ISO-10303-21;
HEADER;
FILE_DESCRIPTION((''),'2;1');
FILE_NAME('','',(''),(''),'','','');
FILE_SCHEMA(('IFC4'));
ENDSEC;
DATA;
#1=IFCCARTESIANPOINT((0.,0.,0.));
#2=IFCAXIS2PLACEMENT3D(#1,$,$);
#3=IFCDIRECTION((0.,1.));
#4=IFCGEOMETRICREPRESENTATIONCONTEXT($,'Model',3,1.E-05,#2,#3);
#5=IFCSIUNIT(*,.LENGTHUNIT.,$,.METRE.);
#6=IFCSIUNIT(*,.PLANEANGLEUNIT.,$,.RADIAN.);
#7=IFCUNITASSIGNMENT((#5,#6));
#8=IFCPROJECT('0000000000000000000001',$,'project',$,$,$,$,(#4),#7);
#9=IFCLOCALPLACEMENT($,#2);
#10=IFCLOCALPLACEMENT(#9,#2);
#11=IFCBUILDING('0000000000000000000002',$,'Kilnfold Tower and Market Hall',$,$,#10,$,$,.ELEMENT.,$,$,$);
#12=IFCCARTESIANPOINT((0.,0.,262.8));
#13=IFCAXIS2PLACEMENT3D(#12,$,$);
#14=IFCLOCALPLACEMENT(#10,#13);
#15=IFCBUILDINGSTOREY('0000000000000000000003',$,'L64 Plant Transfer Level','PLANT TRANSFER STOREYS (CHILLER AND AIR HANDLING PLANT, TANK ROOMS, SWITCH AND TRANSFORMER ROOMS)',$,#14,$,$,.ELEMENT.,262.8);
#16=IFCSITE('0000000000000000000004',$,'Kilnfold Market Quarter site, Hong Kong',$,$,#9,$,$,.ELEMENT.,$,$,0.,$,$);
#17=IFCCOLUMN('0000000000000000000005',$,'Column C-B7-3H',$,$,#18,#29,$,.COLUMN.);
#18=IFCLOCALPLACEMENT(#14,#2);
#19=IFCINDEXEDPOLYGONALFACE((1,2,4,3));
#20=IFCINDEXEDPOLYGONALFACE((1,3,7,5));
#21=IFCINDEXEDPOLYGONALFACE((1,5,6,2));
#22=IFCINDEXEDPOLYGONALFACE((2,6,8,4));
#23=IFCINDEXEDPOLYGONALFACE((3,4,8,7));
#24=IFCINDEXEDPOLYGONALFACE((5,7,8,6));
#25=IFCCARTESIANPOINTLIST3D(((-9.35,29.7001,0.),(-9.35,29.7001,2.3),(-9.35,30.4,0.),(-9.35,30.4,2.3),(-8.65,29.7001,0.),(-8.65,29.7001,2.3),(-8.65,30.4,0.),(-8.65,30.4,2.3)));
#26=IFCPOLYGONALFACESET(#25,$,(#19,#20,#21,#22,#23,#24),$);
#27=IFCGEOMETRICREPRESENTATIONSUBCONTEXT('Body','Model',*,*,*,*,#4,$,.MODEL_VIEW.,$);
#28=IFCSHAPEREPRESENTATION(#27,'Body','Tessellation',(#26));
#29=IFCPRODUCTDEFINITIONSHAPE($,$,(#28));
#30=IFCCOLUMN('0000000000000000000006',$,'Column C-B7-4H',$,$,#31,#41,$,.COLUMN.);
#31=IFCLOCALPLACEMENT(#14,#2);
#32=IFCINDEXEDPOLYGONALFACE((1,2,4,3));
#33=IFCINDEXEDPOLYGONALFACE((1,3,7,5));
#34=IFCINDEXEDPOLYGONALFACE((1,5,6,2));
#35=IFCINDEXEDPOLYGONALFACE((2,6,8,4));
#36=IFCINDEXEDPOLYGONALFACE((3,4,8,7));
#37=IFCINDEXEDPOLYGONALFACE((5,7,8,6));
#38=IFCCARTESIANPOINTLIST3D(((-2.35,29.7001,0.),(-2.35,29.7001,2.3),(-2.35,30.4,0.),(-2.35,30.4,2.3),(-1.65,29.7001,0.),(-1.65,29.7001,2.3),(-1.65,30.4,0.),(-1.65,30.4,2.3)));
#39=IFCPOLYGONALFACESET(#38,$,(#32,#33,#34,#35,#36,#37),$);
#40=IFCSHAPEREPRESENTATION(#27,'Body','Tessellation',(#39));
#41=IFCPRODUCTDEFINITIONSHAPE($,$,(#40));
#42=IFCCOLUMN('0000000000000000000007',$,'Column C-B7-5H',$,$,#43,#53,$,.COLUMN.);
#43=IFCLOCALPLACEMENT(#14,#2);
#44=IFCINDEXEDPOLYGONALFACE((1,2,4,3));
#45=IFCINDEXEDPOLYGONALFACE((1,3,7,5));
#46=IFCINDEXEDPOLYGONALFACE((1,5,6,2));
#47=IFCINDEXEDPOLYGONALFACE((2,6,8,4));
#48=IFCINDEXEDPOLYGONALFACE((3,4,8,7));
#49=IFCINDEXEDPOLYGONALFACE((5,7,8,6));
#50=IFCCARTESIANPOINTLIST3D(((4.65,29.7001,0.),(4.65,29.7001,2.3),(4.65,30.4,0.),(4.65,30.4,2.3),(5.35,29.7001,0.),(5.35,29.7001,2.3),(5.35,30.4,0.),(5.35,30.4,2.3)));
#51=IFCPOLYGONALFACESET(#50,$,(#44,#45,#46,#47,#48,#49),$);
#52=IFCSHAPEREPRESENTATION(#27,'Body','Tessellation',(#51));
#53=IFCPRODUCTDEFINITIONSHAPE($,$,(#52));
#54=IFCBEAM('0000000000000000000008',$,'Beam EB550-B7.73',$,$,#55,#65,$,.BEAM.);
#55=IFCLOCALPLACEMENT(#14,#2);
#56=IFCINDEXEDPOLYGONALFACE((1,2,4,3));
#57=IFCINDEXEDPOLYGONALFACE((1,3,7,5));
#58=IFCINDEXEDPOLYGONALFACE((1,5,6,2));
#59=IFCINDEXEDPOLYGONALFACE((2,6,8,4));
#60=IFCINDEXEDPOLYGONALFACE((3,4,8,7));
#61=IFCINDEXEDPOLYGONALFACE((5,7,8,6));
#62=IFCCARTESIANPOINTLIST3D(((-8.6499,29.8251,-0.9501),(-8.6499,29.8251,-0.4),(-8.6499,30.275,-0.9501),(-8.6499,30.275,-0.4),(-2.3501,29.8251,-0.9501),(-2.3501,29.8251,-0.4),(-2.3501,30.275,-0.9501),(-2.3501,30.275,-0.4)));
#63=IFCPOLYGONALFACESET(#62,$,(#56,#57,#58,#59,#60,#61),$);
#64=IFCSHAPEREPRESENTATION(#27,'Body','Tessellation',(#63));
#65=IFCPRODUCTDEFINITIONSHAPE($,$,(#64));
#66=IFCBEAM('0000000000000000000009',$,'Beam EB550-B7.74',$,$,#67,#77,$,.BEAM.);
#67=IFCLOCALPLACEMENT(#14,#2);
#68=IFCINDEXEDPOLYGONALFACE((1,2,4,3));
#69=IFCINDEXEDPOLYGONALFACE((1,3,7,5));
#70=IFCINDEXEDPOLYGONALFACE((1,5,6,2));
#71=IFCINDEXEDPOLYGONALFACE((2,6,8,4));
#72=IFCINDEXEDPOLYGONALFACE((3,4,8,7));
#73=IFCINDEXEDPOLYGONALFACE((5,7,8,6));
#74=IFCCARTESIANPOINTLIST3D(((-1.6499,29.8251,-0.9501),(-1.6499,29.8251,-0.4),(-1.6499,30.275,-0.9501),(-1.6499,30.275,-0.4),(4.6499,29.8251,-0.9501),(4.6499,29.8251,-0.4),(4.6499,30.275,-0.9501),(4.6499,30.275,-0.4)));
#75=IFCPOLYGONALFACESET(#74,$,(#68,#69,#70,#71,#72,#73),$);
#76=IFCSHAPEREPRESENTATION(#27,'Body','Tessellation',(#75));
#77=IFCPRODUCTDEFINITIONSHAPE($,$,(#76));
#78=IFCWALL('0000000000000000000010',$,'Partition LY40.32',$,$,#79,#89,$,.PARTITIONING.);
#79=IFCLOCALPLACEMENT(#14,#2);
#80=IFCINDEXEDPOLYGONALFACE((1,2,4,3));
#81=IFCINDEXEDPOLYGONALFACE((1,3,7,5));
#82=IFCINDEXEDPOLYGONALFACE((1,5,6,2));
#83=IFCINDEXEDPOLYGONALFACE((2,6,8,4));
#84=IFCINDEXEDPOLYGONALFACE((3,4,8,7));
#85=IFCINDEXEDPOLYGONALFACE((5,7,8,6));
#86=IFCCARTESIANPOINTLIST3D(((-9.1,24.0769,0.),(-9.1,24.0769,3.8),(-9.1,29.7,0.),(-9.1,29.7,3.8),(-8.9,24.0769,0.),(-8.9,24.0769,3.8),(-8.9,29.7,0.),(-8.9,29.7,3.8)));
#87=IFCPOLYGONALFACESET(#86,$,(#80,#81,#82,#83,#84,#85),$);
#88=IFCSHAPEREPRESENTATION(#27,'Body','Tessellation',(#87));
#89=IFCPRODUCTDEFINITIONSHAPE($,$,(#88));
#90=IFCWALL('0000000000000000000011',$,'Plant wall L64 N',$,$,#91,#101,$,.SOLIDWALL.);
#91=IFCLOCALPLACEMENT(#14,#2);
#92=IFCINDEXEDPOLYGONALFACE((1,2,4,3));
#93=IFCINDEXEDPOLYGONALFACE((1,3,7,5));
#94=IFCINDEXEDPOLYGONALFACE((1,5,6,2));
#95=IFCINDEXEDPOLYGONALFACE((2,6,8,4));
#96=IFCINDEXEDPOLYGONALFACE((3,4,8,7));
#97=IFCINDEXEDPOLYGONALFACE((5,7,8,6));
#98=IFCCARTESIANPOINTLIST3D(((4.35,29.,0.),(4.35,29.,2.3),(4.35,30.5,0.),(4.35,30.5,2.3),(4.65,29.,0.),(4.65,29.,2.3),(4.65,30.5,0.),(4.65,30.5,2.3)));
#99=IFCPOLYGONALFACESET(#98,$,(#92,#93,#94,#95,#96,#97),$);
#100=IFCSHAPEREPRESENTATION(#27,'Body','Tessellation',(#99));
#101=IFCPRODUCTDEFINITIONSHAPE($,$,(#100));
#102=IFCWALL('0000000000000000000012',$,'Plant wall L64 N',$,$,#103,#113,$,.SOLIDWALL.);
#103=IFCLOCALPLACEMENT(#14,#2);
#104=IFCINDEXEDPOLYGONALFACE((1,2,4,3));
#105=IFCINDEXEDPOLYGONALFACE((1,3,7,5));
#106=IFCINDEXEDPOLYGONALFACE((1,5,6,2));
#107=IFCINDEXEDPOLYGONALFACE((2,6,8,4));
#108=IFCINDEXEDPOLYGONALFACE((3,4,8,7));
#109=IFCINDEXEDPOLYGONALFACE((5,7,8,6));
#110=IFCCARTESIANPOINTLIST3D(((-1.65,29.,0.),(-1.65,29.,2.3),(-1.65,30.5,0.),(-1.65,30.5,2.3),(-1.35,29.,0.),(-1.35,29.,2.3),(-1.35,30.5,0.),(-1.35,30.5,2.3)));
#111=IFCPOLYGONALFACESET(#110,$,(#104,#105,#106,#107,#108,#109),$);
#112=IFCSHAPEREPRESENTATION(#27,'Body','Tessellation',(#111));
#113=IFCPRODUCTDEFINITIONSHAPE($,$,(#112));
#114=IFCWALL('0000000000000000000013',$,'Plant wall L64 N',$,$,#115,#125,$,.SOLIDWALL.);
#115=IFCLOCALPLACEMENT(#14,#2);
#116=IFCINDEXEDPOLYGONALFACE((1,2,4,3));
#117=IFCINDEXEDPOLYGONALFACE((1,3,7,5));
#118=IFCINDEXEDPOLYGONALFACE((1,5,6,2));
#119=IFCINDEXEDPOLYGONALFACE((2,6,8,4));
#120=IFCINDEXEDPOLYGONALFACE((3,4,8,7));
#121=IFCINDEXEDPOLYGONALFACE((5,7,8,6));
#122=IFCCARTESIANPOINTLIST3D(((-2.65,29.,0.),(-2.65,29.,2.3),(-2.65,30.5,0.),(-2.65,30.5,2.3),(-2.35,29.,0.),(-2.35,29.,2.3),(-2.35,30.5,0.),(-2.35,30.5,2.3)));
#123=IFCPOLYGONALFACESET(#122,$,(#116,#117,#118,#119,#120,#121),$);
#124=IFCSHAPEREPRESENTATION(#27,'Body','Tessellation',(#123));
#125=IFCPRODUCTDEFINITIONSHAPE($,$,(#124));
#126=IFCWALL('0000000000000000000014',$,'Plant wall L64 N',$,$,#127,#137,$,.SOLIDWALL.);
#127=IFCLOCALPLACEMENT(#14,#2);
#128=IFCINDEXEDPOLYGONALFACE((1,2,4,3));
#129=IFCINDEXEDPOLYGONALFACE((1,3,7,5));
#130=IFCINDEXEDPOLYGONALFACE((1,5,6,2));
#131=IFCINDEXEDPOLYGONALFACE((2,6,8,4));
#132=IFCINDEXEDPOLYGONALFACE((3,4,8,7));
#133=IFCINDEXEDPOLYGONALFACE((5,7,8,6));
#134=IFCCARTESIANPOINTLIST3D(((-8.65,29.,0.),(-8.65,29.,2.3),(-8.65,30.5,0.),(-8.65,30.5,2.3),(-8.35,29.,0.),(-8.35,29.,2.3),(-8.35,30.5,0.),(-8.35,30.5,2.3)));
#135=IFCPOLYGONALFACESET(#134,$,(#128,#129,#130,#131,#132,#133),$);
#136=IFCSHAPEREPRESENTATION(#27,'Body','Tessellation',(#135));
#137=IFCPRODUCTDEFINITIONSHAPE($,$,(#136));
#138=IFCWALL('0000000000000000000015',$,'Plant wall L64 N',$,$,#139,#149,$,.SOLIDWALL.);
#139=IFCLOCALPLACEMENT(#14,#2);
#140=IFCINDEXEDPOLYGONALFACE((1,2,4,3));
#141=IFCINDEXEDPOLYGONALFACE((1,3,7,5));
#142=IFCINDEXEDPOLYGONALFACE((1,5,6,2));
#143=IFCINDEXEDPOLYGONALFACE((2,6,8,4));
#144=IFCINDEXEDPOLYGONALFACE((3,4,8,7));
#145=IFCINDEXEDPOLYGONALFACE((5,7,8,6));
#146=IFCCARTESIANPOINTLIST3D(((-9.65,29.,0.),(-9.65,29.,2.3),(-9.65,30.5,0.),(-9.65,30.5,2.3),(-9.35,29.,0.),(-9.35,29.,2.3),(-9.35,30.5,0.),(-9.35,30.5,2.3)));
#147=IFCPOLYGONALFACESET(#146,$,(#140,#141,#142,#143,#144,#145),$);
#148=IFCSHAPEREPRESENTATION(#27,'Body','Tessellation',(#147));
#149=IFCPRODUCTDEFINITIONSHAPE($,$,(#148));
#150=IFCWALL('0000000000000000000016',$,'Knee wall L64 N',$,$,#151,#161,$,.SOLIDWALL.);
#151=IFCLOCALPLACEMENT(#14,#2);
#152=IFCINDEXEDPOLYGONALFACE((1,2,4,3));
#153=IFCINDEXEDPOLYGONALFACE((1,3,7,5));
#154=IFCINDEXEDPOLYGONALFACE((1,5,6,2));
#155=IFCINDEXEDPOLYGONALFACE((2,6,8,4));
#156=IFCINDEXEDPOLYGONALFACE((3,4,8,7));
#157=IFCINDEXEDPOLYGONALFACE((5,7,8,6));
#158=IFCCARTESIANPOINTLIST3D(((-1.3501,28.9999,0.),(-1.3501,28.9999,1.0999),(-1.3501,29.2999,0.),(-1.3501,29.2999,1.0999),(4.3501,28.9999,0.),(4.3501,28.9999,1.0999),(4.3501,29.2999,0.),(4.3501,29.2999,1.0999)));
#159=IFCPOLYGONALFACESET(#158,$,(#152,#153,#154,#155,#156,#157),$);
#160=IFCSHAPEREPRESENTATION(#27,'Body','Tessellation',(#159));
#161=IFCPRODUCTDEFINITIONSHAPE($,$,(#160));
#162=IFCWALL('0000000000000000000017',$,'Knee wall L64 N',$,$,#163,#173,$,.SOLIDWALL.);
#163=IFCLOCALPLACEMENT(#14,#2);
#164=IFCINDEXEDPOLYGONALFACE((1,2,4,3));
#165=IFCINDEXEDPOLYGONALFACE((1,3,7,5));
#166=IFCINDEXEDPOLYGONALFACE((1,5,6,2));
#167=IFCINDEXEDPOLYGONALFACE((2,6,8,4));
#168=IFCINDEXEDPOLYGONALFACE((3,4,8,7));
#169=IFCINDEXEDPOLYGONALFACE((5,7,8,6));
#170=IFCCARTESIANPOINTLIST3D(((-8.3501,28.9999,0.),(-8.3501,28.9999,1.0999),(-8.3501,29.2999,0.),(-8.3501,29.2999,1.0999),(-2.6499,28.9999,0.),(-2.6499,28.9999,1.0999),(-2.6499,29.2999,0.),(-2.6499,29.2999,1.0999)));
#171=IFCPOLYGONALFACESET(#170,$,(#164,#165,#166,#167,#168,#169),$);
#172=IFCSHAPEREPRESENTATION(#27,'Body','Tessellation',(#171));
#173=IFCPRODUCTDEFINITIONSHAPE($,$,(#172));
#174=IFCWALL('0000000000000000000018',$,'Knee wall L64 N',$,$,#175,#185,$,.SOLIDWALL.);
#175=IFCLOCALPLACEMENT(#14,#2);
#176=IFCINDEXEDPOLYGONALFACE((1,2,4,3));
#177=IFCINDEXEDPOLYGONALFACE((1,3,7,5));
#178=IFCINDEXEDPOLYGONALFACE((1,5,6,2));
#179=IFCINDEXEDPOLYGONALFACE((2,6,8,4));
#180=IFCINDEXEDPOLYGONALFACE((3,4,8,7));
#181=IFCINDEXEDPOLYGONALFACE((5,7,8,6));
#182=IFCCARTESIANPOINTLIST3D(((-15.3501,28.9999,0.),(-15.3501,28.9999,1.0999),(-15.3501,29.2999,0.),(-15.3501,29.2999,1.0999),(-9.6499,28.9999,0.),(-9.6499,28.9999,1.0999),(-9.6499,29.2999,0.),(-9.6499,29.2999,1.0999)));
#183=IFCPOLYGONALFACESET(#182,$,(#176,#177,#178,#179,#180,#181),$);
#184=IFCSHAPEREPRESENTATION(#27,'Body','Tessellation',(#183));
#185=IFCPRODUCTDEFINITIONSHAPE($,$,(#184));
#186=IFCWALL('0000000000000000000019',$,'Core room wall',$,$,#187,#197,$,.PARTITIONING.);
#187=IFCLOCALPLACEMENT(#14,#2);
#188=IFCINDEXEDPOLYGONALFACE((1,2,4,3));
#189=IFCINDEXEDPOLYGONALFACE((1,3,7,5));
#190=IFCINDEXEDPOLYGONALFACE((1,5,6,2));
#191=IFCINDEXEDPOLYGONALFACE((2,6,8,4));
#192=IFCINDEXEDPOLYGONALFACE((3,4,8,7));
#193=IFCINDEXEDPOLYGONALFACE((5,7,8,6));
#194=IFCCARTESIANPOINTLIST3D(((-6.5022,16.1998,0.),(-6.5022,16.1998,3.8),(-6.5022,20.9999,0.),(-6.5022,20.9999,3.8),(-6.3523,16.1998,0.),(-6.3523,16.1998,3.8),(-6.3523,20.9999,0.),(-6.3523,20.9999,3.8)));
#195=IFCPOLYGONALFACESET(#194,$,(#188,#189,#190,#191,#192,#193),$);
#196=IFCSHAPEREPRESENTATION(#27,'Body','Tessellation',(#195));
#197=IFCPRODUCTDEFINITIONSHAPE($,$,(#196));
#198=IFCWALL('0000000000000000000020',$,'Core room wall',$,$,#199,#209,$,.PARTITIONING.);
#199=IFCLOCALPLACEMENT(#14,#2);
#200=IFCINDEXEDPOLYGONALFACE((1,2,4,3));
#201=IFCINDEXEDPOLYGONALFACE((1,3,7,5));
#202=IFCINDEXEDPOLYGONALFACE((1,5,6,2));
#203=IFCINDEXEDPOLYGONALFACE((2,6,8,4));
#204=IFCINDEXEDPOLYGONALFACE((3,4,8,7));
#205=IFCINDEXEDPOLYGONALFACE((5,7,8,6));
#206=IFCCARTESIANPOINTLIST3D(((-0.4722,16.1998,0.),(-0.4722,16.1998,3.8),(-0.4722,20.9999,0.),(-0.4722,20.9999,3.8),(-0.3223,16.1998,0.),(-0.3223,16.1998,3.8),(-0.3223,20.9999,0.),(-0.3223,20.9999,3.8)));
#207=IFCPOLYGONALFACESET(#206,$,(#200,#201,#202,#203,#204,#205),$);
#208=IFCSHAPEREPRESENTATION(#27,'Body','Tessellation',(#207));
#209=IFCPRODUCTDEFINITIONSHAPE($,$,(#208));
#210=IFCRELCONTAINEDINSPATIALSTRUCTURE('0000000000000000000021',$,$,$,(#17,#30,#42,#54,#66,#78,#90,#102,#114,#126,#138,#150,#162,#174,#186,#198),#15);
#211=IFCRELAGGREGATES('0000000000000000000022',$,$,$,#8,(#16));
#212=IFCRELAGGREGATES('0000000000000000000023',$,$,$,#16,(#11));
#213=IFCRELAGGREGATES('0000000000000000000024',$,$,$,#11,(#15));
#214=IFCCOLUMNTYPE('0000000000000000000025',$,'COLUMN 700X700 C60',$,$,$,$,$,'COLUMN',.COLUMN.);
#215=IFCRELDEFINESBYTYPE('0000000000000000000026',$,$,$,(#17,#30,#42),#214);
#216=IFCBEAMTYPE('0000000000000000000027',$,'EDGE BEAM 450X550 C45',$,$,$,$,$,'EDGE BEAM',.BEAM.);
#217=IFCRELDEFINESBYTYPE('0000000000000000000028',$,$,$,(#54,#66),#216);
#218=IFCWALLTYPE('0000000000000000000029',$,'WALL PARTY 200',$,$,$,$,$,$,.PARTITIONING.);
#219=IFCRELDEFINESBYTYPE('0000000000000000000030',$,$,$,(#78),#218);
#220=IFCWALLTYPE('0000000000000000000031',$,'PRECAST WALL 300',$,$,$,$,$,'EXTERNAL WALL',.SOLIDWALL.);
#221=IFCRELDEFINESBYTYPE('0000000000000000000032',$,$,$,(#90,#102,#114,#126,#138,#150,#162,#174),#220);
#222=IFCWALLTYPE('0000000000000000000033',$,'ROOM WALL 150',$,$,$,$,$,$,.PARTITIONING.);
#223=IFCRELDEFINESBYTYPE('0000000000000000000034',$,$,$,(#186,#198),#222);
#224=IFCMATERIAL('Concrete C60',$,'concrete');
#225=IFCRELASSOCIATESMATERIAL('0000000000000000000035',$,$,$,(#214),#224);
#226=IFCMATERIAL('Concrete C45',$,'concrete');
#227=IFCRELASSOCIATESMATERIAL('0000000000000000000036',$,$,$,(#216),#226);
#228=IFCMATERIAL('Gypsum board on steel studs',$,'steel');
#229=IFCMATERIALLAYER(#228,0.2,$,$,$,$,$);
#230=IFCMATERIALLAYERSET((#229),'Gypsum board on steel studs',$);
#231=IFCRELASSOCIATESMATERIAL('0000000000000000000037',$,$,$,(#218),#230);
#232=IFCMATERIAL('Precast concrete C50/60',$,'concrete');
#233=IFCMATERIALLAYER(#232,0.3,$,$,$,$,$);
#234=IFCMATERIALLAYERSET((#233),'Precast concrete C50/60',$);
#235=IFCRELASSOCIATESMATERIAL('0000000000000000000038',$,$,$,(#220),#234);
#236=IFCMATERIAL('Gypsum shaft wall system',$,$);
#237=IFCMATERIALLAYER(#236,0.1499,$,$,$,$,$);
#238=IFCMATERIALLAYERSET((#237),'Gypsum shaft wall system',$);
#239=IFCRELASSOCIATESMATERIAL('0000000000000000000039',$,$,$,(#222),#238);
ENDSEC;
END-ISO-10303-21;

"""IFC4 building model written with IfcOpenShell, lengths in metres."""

from ifc_helpers import new_model, si_unit, direction, frame, frame_2d, origin, origin_2d, place, context, subcontext, project, spatial, rectangle, extrude, source, transform, mapped, material, layer, layer_set, material_profile, profile_set, type_object, element, save


model = new_model("IFC4")

# Units and contexts
model_context = context("Model", 3, precision=1e-05, world=origin(), true_north=direction((0.0, 1.0)))
body_context = subcontext(model_context, "Body", "Model", "MODEL_VIEW")
ifc_project = project(units=[si_unit("LENGTHUNIT", "METRE"), si_unit("PLANEANGLEUNIT", "RADIAN")], contexts=[model_context])

# Site, building, storey
site_placement = place(None, origin())
site = spatial("IfcSite", under=ifc_project, at=site_placement, Name="Kilnfold Market Quarter site, Hong Kong", CompositionType="ELEMENT", RefElevation=0.0)
building_placement = place(site_placement, origin())
building = spatial("IfcBuilding", under=site, at=building_placement, Name="Kilnfold Tower and Market Hall", CompositionType="ELEMENT")
storey_placement = place(building_placement, frame((0.0, 0.0, 262.8)))
storey = spatial("IfcBuildingStorey", under=building, at=storey_placement, Name="L64 Plant Transfer Level", Description="PLANT TRANSFER STOREYS (CHILLER AND AIR HANDLING PLANT, TANK ROOMS, SWITCH AND TRANSFORMER ROOMS)", CompositionType="ELEMENT", Elevation=262.8)

# Columns
ifc_material_1 = material(Name="Concrete C60", Category="concrete")
ifc_material_profile_1 = material_profile(ifc_material_1, rectangle(XDim=0.7, YDim=0.7, at=origin_2d()), Name="RC 700x700")
ifc_profile_set_1 = profile_set([ifc_material_profile_1], Name="Concrete C60")
column_type = type_object("IfcColumnType", Name="COLUMN 700X700 C60", ElementType="COLUMN", PredefinedType="COLUMN", material=ifc_profile_set_1)
shared_shape_1 = source(origin(), body_context, "Body", "SweptSolid", [
    extrude(rectangle(XDim=0.7, YDim=0.7, at=origin_2d()), origin(), (0.0, 0.0, 1.0), 2.3),
])
for number, where, z_axis, x_axis, name in (
    (1, (-9.0, 30.05, 0.0), (0.0, 0.0, 1.0), (1.0, 0.0, 0.0), "Column C-B7-3H"),
    (2, (-2.0, 30.05, 0.0), (0.0, 0.0, 1.0), (1.0, 0.0, 0.0), "Column C-B7-4H"),
    (3, (5.0, 30.05, 0.0), (0.0, 0.0, 1.0), (1.0, 0.0, 0.0), "Column C-B7-5H"),
):
    element("IfcColumn", number, at=place(storey_placement, frame(where, z_axis=z_axis, x_axis=x_axis)), inside=storey, type_object=column_type, Name=name, PredefinedType="COLUMN", context=body_context, shape_type="MappedRepresentation", body=[
        mapped(shared_shape_1, transform((0.0, 0.0, 0.0))),
    ])

# Beams
ifc_material_2 = material(Name="Concrete C45", Category="concrete")
ifc_material_profile_2 = material_profile(ifc_material_2, rectangle(XDim=0.45, YDim=0.55, at=origin_2d()), Name="RC 450x550")
ifc_profile_set_2 = profile_set([ifc_material_profile_2], Name="Concrete C45")
beam_type = type_object("IfcBeamType", Name="EDGE BEAM 450X550 C45", ElementType="EDGE BEAM", PredefinedType="BEAM", material=ifc_profile_set_2)
shared_shape_2 = source(origin(), body_context, "Body", "SweptSolid", [
    extrude(rectangle(XDim=0.45, YDim=0.55, at=origin_2d()), origin(), (0.0, 0.0, 1.0), 6.2998),
])
for number, where, z_axis, x_axis, name in (
    (4, (-8.6499, 30.05, -0.675), (1.0, 0.0, 0.0), (0.0, 1.0, 0.0), "Beam EB550-B7.73"),
    (5, (-1.6499, 30.05, -0.675), (1.0, 0.0, 0.0), (0.0, 1.0, 0.0), "Beam EB550-B7.74"),
):
    element("IfcBeam", number, at=place(storey_placement, frame(where, z_axis=z_axis, x_axis=x_axis)), inside=storey, type_object=beam_type, Name=name, PredefinedType="BEAM", context=body_context, shape_type="MappedRepresentation", body=[
        mapped(shared_shape_2, transform((0.0, 0.0, 0.0))),
    ])

# Walls
ifc_material_3 = material(Name="Gypsum board on steel studs", Category="steel")
ifc_layer_1 = layer(ifc_material_3, 0.2)
ifc_layer_set_1 = layer_set([ifc_layer_1], Name="Gypsum board on steel studs")
wall_type_1 = type_object("IfcWallType", Name="WALL PARTY 200", PredefinedType="PARTITIONING", material=ifc_layer_set_1)
wall_placement = place(storey_placement, frame((-9.0, 29.7, 0.0), z_axis=(0.0, 0.0, 1.0), x_axis=(0.0, -1.0, 0.0)))
element("IfcWall", 6, at=wall_placement, inside=storey, type_object=wall_type_1, Name="Partition LY40.32", PredefinedType="PARTITIONING", context=body_context, shape_type="SweptSolid", body=[
    extrude(rectangle(XDim=5.623, YDim=0.2, at=frame_2d((2.8115, 0.0))), origin(), (0.0, 0.0, 1.0), 3.8),
])
ifc_material_4 = material(Name="Precast concrete C50/60", Category="concrete")
ifc_layer_2 = layer(ifc_material_4, 0.3)
ifc_layer_set_2 = layer_set([ifc_layer_2], Name="Precast concrete C50/60")
wall_type_2 = type_object("IfcWallType", Name="PRECAST WALL 300", ElementType="EXTERNAL WALL", PredefinedType="SOLIDWALL", material=ifc_layer_set_2)
shared_shape_3 = source(origin(), body_context, "Body", "SweptSolid", [
    extrude(rectangle(XDim=1.5, YDim=0.3, at=frame_2d((0.75, 0.0))), origin(), (0.0, 0.0, 1.0), 2.3),
])
for number, where, z_axis, x_axis, name in (
    (7, (4.5, 30.5, 0.0), (0.0, 0.0, 1.0), (0.0, -1.0, 0.0), "Plant wall L64 N"),
    (8, (-1.5, 30.5, 0.0), (0.0, 0.0, 1.0), (0.0, -1.0, 0.0), "Plant wall L64 N"),
    (9, (-2.5, 30.5, 0.0), (0.0, 0.0, 1.0), (0.0, -1.0, 0.0), "Plant wall L64 N"),
    (10, (-8.5, 30.5, 0.0), (0.0, 0.0, 1.0), (0.0, -1.0, 0.0), "Plant wall L64 N"),
    (11, (-9.5, 30.5, 0.0), (0.0, 0.0, 1.0), (0.0, -1.0, 0.0), "Plant wall L64 N"),
):
    element("IfcWall", number, at=place(storey_placement, frame(where, z_axis=z_axis, x_axis=x_axis)), inside=storey, type_object=wall_type_2, Name=name, PredefinedType="SOLIDWALL", context=body_context, shape_type="MappedRepresentation", body=[
        mapped(shared_shape_3, transform((0.0, 0.0, 0.0))),
    ])
shared_shape_4 = source(origin(), body_context, "Body", "SweptSolid", [
    extrude(rectangle(XDim=5.7002, YDim=0.3, at=frame_2d((2.8501, 0.0))), origin(), (0.0, 0.0, 1.0), 1.0999),
])
for number, where, z_axis, x_axis, name in (
    (12, (4.3501, 29.1499, 0.0), (0.0, 0.0, 1.0), (-1.0, 0.0, 0.0), "Knee wall L64 N"),
    (13, (-2.6499, 29.1499, 0.0), (0.0, 0.0, 1.0), (-1.0, 0.0, 0.0), "Knee wall L64 N"),
    (14, (-9.6499, 29.1499, 0.0), (0.0, 0.0, 1.0), (-1.0, 0.0, 0.0), "Knee wall L64 N"),
):
    element("IfcWall", number, at=place(storey_placement, frame(where, z_axis=z_axis, x_axis=x_axis)), inside=storey, type_object=wall_type_2, Name=name, PredefinedType="SOLIDWALL", context=body_context, shape_type="MappedRepresentation", body=[
        mapped(shared_shape_4, transform((0.0, 0.0, 0.0))),
    ])
ifc_material_5 = material(Name="Gypsum shaft wall system")
ifc_layer_3 = layer(ifc_material_5, 0.1499)
ifc_layer_set_3 = layer_set([ifc_layer_3], Name="Gypsum shaft wall system")
wall_type_3 = type_object("IfcWallType", Name="ROOM WALL 150", PredefinedType="PARTITIONING", material=ifc_layer_set_3)
shared_shape_5 = source(origin(), body_context, "Body", "SweptSolid", [
    extrude(rectangle(XDim=4.8, YDim=0.1499, at=frame_2d((2.3999, 0.0))), origin(), (0.0, 0.0, 1.0), 3.8),
])
for number, where, z_axis, x_axis, name in (
    (15, (-6.4272, 16.2, 0.0), (0.0, 0.0, 1.0), (0.0, 1.0, 0.0), "Core room wall"),
    (16, (-0.3972, 16.2, 0.0), (0.0, 0.0, 1.0), (0.0, 1.0, 0.0), "Core room wall"),
):
    element("IfcWall", number, at=place(storey_placement, frame(where, z_axis=z_axis, x_axis=x_axis)), inside=storey, type_object=wall_type_3, Name=name, PredefinedType="PARTITIONING", context=body_context, shape_type="MappedRepresentation", body=[
        mapped(shared_shape_5, transform((0.0, 0.0, 0.0))),
    ])

save(model, "model.ifc")
